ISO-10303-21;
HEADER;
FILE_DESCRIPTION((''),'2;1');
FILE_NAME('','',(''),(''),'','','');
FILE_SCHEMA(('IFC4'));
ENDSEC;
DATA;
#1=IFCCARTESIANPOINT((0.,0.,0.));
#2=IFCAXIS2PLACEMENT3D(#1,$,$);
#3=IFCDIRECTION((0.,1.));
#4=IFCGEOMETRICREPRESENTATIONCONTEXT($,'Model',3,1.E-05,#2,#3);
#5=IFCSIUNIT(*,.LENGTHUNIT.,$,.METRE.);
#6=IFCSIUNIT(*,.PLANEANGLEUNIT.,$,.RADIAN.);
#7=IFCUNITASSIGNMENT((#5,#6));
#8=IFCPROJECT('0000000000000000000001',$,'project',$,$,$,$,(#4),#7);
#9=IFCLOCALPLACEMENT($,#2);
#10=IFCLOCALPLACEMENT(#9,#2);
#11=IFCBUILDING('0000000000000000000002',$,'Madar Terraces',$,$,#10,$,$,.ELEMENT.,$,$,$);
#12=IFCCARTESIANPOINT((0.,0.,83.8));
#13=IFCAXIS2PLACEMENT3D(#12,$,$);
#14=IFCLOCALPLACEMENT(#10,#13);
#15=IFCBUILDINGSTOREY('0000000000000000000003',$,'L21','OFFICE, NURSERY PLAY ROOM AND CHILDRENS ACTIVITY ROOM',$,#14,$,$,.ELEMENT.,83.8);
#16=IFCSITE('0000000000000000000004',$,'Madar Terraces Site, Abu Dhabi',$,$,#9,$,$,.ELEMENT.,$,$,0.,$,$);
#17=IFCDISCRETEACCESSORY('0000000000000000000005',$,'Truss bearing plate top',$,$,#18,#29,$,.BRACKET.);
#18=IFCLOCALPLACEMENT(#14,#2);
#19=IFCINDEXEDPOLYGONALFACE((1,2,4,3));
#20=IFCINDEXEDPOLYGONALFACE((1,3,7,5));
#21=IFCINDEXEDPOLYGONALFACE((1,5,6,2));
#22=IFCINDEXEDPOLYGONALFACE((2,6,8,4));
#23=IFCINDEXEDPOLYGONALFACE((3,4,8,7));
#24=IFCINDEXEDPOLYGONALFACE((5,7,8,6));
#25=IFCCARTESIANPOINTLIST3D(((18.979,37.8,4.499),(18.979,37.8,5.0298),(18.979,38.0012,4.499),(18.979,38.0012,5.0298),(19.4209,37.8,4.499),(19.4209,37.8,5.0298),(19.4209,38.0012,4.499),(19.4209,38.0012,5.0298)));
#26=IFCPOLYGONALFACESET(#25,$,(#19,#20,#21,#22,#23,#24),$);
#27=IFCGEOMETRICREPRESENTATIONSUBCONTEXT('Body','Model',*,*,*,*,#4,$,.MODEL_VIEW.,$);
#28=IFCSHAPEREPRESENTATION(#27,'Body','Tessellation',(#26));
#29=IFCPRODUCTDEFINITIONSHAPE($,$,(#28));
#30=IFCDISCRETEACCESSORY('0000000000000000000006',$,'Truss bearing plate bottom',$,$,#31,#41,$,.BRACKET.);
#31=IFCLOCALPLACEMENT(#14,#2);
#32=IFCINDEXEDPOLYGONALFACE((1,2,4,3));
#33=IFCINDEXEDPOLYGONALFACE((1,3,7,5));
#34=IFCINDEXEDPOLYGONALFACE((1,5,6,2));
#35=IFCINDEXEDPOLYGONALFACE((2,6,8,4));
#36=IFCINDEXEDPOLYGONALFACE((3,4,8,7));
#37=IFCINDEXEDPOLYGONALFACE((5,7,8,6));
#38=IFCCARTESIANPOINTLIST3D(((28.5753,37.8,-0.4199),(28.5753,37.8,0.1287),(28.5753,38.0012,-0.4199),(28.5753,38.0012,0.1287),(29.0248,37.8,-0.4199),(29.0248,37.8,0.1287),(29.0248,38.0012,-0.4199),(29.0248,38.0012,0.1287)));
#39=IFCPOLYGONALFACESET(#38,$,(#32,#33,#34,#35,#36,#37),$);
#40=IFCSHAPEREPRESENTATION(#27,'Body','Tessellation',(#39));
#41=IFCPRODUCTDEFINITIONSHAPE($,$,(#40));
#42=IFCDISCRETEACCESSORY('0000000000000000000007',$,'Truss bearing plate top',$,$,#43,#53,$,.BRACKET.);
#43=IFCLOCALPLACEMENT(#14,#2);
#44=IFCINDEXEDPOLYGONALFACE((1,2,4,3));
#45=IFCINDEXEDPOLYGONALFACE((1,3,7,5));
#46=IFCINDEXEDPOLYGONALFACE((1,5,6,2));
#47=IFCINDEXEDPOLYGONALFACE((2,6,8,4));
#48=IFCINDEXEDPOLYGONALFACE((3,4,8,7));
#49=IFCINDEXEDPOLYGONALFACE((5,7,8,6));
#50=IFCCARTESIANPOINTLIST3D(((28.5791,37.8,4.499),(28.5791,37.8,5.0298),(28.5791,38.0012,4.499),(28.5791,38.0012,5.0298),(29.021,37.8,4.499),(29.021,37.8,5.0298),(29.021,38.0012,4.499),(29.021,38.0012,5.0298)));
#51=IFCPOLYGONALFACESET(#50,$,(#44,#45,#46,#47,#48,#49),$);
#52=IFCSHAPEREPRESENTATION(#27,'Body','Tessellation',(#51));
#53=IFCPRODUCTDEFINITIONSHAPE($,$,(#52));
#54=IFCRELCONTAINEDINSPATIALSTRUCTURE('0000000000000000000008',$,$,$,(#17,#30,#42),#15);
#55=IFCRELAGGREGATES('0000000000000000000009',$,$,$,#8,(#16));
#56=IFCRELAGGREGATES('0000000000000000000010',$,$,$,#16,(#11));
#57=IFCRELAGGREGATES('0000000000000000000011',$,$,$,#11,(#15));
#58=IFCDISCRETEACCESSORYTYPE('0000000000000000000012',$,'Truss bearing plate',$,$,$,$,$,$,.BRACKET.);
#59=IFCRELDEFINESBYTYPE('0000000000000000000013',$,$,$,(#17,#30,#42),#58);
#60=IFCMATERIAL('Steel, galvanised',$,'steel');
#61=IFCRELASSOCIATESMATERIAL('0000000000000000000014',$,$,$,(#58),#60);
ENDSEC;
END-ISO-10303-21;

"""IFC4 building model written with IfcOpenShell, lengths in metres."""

from ifc_helpers import new_model, si_unit, direction, frame, origin, origin_2d, place, context, subcontext, project, spatial, rectangle, extrude, material, type_object, element, save


model = new_model("IFC4")

# Units and contexts
model_context = context("Model", 3, precision=1e-05, world=origin(), true_north=direction((0.0, 1.0)))
body_context = subcontext(model_context, "Body", "Model", "MODEL_VIEW")
ifc_project = project(units=[si_unit("LENGTHUNIT", "METRE"), si_unit("PLANEANGLEUNIT", "RADIAN")], contexts=[model_context])

# Site, building, storey
site_placement = place(None, origin())
site = spatial("IfcSite", under=ifc_project, at=site_placement, Name="Madar Terraces Site, Abu Dhabi", CompositionType="ELEMENT", RefElevation=0.0)
building_placement = place(site_placement, origin())
building = spatial("IfcBuilding", under=site, at=building_placement, Name="Madar Terraces", CompositionType="ELEMENT")
storey_placement = place(building_placement, frame((0.0, 0.0, 83.8)))
storey = spatial("IfcBuildingStorey", under=building, at=storey_placement, Name="L21", Description="OFFICE, NURSERY PLAY ROOM AND CHILDRENS ACTIVITY ROOM", CompositionType="ELEMENT", Elevation=83.8)

# Discrete accessories
ifc_material_1 = material(Name="Steel, galvanised", Category="steel")
discrete_accessory_type = type_object("IfcDiscreteAccessoryType", Name="Truss bearing plate", PredefinedType="BRACKET", material=ifc_material_1)
discrete_accessory_1_placement = place(storey_placement, frame((19.2, 37.9006, 4.499), z_axis=(0.0, 0.0, 1.0), x_axis=(1.0, 0.0, 0.0)))
element("IfcDiscreteAccessory", 1, at=discrete_accessory_1_placement, inside=storey, type_object=discrete_accessory_type, Name="Truss bearing plate top", PredefinedType="BRACKET", context=body_context, shape_type="SweptSolid", body=[
    extrude(rectangle(XDim=0.4419, YDim=0.2012, at=origin_2d()), origin(), (0.0, 0.0, 1.0), 0.5308),
])
discrete_accessory_2_placement = place(storey_placement, frame((28.8, 37.9006, -0.4199), z_axis=(0.0, 0.0, 1.0), x_axis=(1.0, 0.0, 0.0)))
element("IfcDiscreteAccessory", 2, at=discrete_accessory_2_placement, inside=storey, type_object=discrete_accessory_type, Name="Truss bearing plate bottom", PredefinedType="BRACKET", context=body_context, shape_type="SweptSolid", body=[
    extrude(rectangle(XDim=0.4495, YDim=0.2012, at=origin_2d()), origin(), (0.0, 0.0, 1.0), 0.5486),
])
discrete_accessory_3_placement = place(storey_placement, frame((28.8, 37.9006, 4.499), z_axis=(0.0, 0.0, 1.0), x_axis=(1.0, 0.0, 0.0)))
element("IfcDiscreteAccessory", 3, at=discrete_accessory_3_placement, inside=storey, type_object=discrete_accessory_type, Name="Truss bearing plate top", PredefinedType="BRACKET", context=body_context, shape_type="SweptSolid", body=[
    extrude(rectangle(XDim=0.4419, YDim=0.2012, at=origin_2d()), origin(), (0.0, 0.0, 1.0), 0.5308),
])

save(model, "model.ifc")
